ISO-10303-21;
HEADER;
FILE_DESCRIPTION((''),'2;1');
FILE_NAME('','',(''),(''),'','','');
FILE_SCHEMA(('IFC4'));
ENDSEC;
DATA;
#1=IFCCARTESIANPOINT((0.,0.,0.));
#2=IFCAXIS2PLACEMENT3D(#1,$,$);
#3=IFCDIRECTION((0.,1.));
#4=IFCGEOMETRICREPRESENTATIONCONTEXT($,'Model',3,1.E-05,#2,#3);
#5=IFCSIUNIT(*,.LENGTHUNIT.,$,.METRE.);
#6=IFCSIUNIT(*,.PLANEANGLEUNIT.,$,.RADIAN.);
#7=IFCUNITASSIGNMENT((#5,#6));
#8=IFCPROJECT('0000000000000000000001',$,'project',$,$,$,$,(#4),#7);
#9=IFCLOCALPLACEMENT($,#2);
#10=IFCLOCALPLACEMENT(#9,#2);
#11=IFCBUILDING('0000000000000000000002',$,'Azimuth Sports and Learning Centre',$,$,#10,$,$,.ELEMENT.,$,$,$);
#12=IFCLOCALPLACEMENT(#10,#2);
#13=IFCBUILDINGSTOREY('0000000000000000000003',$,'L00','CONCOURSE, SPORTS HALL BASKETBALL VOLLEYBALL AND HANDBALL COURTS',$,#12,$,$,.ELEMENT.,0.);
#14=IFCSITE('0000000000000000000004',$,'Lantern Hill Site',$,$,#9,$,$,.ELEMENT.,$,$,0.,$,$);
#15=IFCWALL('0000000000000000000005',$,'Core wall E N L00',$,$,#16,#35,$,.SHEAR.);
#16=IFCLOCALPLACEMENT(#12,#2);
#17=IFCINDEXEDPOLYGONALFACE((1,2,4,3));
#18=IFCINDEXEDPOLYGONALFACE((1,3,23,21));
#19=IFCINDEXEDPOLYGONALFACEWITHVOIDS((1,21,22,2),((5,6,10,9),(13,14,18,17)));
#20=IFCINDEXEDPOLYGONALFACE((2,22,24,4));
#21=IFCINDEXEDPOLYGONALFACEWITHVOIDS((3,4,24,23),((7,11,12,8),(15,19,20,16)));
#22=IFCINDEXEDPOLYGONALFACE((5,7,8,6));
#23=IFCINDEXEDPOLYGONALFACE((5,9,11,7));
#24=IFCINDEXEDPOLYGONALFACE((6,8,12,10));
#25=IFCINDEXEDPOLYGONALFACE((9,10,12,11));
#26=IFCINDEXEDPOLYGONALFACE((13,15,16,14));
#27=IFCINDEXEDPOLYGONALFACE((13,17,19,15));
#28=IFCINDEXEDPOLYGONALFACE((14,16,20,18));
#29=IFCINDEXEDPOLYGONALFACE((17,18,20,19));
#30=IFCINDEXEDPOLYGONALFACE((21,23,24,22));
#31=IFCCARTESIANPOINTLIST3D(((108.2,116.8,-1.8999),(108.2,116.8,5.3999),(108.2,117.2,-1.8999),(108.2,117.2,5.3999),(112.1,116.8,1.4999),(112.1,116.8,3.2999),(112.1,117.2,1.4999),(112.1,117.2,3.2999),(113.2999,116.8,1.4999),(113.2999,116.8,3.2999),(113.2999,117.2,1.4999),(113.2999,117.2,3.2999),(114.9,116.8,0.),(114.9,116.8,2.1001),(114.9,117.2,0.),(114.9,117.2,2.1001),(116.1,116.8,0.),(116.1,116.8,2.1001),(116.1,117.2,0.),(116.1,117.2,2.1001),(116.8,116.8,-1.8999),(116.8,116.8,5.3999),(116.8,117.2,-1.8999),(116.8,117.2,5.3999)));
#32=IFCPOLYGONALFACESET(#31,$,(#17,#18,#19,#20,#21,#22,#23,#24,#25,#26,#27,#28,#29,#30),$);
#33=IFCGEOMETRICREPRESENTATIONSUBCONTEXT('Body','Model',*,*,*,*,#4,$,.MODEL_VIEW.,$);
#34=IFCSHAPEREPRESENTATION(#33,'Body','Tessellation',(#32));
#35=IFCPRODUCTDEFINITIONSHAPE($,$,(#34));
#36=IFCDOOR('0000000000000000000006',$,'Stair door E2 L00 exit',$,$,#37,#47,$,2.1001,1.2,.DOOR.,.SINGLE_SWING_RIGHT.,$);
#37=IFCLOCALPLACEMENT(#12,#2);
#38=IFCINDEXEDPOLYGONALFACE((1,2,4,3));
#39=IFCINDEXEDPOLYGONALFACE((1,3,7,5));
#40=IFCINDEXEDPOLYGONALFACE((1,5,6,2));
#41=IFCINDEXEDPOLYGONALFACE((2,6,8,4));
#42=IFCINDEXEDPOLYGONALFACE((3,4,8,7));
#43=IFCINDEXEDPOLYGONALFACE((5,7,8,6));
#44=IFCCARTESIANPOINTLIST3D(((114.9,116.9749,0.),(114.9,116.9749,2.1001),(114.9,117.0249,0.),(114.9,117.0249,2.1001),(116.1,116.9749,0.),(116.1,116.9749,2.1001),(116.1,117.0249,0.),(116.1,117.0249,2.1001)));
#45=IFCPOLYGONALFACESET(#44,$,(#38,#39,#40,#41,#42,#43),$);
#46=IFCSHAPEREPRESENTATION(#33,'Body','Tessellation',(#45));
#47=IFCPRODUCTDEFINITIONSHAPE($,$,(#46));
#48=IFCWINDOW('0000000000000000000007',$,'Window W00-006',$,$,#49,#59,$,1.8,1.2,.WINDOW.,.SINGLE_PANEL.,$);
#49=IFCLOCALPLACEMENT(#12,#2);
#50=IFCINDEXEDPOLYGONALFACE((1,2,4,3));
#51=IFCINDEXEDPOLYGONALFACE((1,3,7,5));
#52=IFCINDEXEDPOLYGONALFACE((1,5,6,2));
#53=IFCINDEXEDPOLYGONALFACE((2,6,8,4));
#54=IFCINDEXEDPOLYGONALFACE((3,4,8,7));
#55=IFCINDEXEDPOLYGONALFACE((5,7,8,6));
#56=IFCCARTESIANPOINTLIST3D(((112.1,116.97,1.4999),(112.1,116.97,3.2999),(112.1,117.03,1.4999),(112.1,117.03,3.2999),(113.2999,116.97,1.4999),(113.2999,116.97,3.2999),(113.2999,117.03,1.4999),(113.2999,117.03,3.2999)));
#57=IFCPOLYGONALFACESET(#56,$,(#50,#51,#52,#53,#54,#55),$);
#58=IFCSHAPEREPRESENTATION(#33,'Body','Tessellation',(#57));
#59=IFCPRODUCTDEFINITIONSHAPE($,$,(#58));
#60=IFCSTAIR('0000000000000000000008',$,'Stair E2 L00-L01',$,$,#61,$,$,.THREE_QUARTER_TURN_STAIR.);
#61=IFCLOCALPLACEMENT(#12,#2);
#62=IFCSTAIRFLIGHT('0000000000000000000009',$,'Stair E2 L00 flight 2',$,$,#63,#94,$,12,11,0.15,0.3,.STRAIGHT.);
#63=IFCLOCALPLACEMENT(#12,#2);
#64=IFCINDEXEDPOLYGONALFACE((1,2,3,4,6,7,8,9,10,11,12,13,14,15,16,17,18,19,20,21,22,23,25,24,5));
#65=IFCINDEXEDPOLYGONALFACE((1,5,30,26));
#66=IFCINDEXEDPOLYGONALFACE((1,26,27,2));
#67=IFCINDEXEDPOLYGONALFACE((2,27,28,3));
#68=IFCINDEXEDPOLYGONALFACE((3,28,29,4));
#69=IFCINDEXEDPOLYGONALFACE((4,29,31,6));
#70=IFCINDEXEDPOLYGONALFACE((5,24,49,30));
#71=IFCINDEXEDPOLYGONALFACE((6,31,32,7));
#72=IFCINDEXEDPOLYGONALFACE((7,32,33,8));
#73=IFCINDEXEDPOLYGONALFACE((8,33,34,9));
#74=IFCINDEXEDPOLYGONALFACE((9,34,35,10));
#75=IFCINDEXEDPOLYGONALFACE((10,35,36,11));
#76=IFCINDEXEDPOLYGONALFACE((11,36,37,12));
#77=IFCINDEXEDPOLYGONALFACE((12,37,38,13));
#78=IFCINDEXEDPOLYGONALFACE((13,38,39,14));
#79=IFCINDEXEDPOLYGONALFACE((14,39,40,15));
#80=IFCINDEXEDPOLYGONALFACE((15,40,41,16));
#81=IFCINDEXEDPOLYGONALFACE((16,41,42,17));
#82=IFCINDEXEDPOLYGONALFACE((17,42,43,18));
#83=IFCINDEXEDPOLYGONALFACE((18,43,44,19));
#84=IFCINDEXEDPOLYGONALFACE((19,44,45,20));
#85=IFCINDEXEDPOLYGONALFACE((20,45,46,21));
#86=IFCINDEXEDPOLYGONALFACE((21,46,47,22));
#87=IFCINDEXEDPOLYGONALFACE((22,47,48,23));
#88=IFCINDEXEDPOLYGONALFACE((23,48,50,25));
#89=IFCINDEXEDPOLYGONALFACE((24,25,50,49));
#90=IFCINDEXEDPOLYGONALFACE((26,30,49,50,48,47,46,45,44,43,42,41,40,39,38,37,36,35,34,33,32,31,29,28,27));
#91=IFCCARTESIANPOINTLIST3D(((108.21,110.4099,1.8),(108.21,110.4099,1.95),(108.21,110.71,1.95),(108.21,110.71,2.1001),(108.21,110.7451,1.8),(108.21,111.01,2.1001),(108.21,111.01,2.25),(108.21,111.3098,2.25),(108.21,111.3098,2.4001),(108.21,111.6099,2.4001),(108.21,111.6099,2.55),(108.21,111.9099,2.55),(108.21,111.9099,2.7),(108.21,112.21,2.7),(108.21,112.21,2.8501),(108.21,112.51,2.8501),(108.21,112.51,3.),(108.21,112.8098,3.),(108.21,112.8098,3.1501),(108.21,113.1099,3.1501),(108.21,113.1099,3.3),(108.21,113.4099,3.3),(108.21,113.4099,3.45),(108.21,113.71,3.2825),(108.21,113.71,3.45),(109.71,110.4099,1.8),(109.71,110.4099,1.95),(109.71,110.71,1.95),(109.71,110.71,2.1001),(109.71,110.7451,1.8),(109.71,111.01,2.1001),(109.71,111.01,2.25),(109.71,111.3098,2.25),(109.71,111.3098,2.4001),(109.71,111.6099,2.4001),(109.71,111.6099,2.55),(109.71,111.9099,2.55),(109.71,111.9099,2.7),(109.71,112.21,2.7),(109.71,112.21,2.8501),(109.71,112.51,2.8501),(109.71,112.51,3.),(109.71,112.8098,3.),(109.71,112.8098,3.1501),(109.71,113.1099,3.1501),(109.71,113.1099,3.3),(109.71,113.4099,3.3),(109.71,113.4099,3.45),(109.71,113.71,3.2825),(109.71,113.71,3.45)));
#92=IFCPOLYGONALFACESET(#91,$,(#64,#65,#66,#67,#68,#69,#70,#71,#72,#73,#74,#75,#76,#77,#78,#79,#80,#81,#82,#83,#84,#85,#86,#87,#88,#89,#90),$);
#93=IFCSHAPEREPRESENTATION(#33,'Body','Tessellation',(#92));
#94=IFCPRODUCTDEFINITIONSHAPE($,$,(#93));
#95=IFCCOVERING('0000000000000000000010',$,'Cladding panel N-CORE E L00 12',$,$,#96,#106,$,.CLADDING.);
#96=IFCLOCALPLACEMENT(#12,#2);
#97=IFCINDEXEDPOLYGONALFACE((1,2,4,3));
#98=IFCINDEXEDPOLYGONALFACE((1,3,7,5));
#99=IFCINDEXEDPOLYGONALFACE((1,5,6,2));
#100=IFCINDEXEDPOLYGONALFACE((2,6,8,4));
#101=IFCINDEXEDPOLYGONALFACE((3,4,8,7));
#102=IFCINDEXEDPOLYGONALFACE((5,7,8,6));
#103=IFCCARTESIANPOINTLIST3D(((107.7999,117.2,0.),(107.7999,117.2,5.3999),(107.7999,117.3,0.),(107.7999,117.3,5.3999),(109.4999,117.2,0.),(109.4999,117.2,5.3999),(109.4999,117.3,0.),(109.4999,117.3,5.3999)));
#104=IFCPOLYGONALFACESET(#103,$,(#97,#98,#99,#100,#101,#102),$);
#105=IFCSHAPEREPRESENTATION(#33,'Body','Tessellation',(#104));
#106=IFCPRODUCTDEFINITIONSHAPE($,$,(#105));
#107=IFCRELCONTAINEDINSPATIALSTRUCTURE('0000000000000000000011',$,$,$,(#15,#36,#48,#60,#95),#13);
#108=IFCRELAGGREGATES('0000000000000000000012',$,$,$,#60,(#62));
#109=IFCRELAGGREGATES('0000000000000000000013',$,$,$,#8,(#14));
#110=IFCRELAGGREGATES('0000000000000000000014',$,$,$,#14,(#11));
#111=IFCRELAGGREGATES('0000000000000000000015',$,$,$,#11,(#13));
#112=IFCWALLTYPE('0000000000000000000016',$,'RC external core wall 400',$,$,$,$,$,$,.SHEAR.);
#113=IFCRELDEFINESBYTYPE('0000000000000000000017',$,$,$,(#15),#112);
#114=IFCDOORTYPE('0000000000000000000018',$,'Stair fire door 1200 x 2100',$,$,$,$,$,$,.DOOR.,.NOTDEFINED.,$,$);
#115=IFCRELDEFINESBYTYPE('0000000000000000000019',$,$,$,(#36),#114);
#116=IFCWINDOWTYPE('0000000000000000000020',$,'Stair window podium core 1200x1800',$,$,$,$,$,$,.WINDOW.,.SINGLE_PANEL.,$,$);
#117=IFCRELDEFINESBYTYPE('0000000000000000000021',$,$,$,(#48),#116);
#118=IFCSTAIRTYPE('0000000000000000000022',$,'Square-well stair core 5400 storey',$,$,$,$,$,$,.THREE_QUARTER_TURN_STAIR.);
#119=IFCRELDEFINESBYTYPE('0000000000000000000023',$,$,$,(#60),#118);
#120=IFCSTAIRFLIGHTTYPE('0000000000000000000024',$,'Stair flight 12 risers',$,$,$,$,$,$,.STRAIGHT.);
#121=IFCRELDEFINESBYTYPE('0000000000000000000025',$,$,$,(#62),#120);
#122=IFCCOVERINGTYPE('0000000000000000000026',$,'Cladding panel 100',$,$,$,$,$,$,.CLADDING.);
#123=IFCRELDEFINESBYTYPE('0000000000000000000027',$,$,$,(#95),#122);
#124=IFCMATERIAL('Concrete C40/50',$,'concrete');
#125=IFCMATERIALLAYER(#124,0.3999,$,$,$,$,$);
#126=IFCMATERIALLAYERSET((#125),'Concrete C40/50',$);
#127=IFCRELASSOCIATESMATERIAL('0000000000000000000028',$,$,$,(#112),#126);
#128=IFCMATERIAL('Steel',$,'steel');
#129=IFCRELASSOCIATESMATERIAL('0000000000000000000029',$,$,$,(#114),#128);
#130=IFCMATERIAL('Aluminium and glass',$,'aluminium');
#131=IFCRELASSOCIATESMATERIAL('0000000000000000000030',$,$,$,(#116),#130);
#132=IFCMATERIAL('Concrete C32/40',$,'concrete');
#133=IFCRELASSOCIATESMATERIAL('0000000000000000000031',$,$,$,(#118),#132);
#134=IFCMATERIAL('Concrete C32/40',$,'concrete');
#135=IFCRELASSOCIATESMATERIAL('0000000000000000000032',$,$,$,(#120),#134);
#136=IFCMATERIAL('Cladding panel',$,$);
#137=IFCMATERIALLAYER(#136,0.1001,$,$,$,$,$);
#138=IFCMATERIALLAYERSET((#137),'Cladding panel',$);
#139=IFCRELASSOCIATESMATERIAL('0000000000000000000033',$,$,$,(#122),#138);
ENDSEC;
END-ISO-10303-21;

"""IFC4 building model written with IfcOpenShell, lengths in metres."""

from ifc_helpers import new_model, si_unit, direction, frame, frame_2d, origin, origin_2d, place, context, subcontext, project, spatial, polyline, rectangle, outline, extrude, material, layer, layer_set, type_object, element, fill, aggregate, save


model = new_model("IFC4")

# Units and contexts
model_context = context("Model", 3, precision=1e-05, world=origin(), true_north=direction((0.0, 1.0)))
body_context = subcontext(model_context, "Body", "Model", "MODEL_VIEW")
ifc_project = project(units=[si_unit("LENGTHUNIT", "METRE"), si_unit("PLANEANGLEUNIT", "RADIAN")], contexts=[model_context])

# Site, building, storey
site_placement = place(None, origin())
site = spatial("IfcSite", under=ifc_project, at=site_placement, Name="Lantern Hill Site", CompositionType="ELEMENT", RefElevation=0.0)
building_placement = place(site_placement, origin())
building = spatial("IfcBuilding", under=site, at=building_placement, Name="Azimuth Sports and Learning Centre", CompositionType="ELEMENT")
storey_placement = place(building_placement, origin())
storey = spatial("IfcBuildingStorey", under=building, at=storey_placement, Name="L00", Description="CONCOURSE, SPORTS HALL BASKETBALL VOLLEYBALL AND HANDBALL COURTS", CompositionType="ELEMENT", Elevation=0.0)

# Wall, openings, door, window
ifc_material_1 = material(Name="Concrete C40/50", Category="concrete")
ifc_layer_1 = layer(ifc_material_1, 0.3999)
ifc_layer_set_1 = layer_set([ifc_layer_1], Name="Concrete C40/50")
wall_type_1 = type_object("IfcWallType", Name="RC external core wall 400", PredefinedType="SHEAR", material=ifc_layer_set_1)
wall_1_placement = place(storey_placement, frame((108.2, 117.0, -1.8999), z_axis=(0.0, 0.0, 1.0), x_axis=(1.0, 0.0, 0.0)))
wall_1 = element("IfcWall", 1, at=wall_1_placement, inside=storey, type_object=wall_type_1, Name="Core wall E N L00", PredefinedType="SHEAR", context=body_context, shape_type="SweptSolid", body=[
    extrude(rectangle(XDim=8.6001, YDim=0.3999, at=frame_2d((4.3, 0.0))), origin(), (0.0, 0.0, 1.0), 7.2998),
])
opening_1_placement = place(wall_1_placement, frame((3.8999, 0.0, 3.3999)))
opening_1 = element("IfcOpeningElement", 2, at=opening_1_placement, cuts=wall_1, PredefinedType="OPENING", context=body_context, shape_type="SweptSolid", body=[
    extrude(rectangle(XDim=1.2, YDim=1.8, at=frame_2d((0.6001, 0.8999))), frame((0.0, 0.2109, 0.0), z_axis=(0.0, -1.0, 0.0), x_axis=(1.0, 0.0, 0.0)), (0.0, 0.0, 1.0), 0.4219),
])
opening_2_placement = place(wall_1_placement, frame((6.7, 0.0, 1.8999)))
opening_2 = element("IfcOpeningElement", 3, at=opening_2_placement, cuts=wall_1, PredefinedType="OPENING", context=body_context, shape_type="SweptSolid", body=[
    extrude(rectangle(XDim=1.2, YDim=2.1001, at=frame_2d((0.6001, 1.05))), frame((0.0, 0.2109, 0.0), z_axis=(0.0, -1.0, 0.0), x_axis=(1.0, 0.0, 0.0)), (0.0, 0.0, 1.0), 0.4219),
])
ifc_material_2 = material(Name="Steel", Category="steel")
door_type_1 = type_object("IfcDoorType", Name="Stair fire door 1200 x 2100", OperationType="NOTDEFINED", PredefinedType="DOOR", material=ifc_material_2)
door_1_placement = place(opening_2_placement, origin())
door_1 = element("IfcDoor", 4, at=door_1_placement, inside=storey, type_object=door_type_1, Name="Stair door E2 L00 exit", OperationType="SINGLE_SWING_RIGHT", OverallHeight=2.1001, OverallWidth=1.2, PredefinedType="DOOR", context=body_context, shape_type="SweptSolid", body=[
    extrude(rectangle(XDim=1.2, YDim=2.1001, at=frame_2d((0.6001, 1.05))), frame((0.0, 0.0249, 0.0), z_axis=(0.0, -1.0, 0.0), x_axis=(1.0, 0.0, 0.0)), (0.0, 0.0, 1.0), 0.05),
])
fill(opening_2, door_1)
ifc_material_3 = material(Name="Aluminium and glass", Category="aluminium")
window_type = type_object("IfcWindowType", Name="Stair window podium core 1200x1800", PartitioningType="SINGLE_PANEL", PredefinedType="WINDOW", material=ifc_material_3)
window_placement = place(opening_1_placement, origin())
window = element("IfcWindow", 5, at=window_placement, inside=storey, type_object=window_type, Name="Window W00-006", OverallHeight=1.8, OverallWidth=1.2, PartitioningType="SINGLE_PANEL", PredefinedType="WINDOW", context=body_context, shape_type="SweptSolid", body=[
    extrude(rectangle(XDim=1.2, YDim=1.8, at=frame_2d((0.6001, 0.8999))), frame((0.0, 0.03, 0.0), z_axis=(0.0, -1.0, 0.0), x_axis=(1.0, 0.0, 0.0)), (0.0, 0.0, 1.0), 0.0601),
])
fill(opening_1, window)

# Stair, stair flight
ifc_material_4 = material(Name="Concrete C32/40", Category="concrete")
stair_type = type_object("IfcStairType", Name="Square-well stair core 5400 storey", PredefinedType="THREE_QUARTER_TURN_STAIR", material=ifc_material_4)
stair_placement = place(storey_placement, origin())
stair = element("IfcStair", 6, at=stair_placement, inside=storey, type_object=stair_type, Name="Stair E2 L00-L01", PredefinedType="THREE_QUARTER_TURN_STAIR")
ifc_material_5 = material(Name="Concrete C32/40", Category="concrete")
stair_flight_type = type_object("IfcStairFlightType", Name="Stair flight 12 risers", PredefinedType="STRAIGHT", material=ifc_material_5)
stair_flight_placement = place(storey_placement, frame((108.96, 110.4099, 1.8), z_axis=(0.0, 0.0, 1.0), x_axis=(0.0, 1.0, 0.0)))
stair_flight = element("IfcStairFlight", 7, at=stair_flight_placement, type_object=stair_flight_type, Name="Stair E2 L00 flight 2", NumberOfRisers=12, NumberOfTreads=11, PredefinedType="STRAIGHT", RiserHeight=0.15, TreadLength=0.3, context=body_context, shape_type="SweptSolid", body=[
    extrude(outline(polyline([(0.0, 0.0), (0.0, 0.1499), (0.3, 0.1499), (0.3, 0.3), (0.6001, 0.3), (0.6001, 0.45), (0.8999, 0.45), (0.8999, 0.6001), (1.2, 0.6001), (1.2, 0.75), (1.5, 0.75), (1.5, 0.8999), (1.8, 0.8999), (1.8, 1.05), (2.1001, 1.05), (2.1001, 1.2), (2.3999, 1.2), (2.3999, 1.3501), (2.7, 1.3501), (2.7, 1.5), (3.0, 1.5), (3.0, 1.6499), (3.3, 1.6499), (3.3, 1.8), (3.3, 1.4824), (0.3352, 0.0), (0.0, 0.0)])), frame((0.0, 0.75, 0.0), z_axis=(0.0, -1.0, 0.0), x_axis=(1.0, 0.0, 0.0)), (0.0, 0.0, 1.0), 1.5),
])
aggregate(stair, [stair_flight])

# Covering
ifc_material_6 = material(Name="Cladding panel")
ifc_layer_2 = layer(ifc_material_6, 0.1001)
ifc_layer_set_2 = layer_set([ifc_layer_2], Name="Cladding panel")
covering_type = type_object("IfcCoveringType", Name="Cladding panel 100", PredefinedType="CLADDING", material=ifc_layer_set_2)
covering_placement = place(storey_placement, frame((108.6499, 117.25, 0.0), z_axis=(0.0, 0.0, 1.0), x_axis=(-1.0, 0.0, 0.0)))
element("IfcCovering", 8, at=covering_placement, inside=storey, type_object=covering_type, Name="Cladding panel N-CORE E L00 12", PredefinedType="CLADDING", context=body_context, shape_type="SweptSolid", body=[
    extrude(rectangle(XDim=1.7, YDim=0.1001, at=origin_2d()), origin(), (0.0, 0.0, 1.0), 5.3999),
])

save(model, "model.ifc")
